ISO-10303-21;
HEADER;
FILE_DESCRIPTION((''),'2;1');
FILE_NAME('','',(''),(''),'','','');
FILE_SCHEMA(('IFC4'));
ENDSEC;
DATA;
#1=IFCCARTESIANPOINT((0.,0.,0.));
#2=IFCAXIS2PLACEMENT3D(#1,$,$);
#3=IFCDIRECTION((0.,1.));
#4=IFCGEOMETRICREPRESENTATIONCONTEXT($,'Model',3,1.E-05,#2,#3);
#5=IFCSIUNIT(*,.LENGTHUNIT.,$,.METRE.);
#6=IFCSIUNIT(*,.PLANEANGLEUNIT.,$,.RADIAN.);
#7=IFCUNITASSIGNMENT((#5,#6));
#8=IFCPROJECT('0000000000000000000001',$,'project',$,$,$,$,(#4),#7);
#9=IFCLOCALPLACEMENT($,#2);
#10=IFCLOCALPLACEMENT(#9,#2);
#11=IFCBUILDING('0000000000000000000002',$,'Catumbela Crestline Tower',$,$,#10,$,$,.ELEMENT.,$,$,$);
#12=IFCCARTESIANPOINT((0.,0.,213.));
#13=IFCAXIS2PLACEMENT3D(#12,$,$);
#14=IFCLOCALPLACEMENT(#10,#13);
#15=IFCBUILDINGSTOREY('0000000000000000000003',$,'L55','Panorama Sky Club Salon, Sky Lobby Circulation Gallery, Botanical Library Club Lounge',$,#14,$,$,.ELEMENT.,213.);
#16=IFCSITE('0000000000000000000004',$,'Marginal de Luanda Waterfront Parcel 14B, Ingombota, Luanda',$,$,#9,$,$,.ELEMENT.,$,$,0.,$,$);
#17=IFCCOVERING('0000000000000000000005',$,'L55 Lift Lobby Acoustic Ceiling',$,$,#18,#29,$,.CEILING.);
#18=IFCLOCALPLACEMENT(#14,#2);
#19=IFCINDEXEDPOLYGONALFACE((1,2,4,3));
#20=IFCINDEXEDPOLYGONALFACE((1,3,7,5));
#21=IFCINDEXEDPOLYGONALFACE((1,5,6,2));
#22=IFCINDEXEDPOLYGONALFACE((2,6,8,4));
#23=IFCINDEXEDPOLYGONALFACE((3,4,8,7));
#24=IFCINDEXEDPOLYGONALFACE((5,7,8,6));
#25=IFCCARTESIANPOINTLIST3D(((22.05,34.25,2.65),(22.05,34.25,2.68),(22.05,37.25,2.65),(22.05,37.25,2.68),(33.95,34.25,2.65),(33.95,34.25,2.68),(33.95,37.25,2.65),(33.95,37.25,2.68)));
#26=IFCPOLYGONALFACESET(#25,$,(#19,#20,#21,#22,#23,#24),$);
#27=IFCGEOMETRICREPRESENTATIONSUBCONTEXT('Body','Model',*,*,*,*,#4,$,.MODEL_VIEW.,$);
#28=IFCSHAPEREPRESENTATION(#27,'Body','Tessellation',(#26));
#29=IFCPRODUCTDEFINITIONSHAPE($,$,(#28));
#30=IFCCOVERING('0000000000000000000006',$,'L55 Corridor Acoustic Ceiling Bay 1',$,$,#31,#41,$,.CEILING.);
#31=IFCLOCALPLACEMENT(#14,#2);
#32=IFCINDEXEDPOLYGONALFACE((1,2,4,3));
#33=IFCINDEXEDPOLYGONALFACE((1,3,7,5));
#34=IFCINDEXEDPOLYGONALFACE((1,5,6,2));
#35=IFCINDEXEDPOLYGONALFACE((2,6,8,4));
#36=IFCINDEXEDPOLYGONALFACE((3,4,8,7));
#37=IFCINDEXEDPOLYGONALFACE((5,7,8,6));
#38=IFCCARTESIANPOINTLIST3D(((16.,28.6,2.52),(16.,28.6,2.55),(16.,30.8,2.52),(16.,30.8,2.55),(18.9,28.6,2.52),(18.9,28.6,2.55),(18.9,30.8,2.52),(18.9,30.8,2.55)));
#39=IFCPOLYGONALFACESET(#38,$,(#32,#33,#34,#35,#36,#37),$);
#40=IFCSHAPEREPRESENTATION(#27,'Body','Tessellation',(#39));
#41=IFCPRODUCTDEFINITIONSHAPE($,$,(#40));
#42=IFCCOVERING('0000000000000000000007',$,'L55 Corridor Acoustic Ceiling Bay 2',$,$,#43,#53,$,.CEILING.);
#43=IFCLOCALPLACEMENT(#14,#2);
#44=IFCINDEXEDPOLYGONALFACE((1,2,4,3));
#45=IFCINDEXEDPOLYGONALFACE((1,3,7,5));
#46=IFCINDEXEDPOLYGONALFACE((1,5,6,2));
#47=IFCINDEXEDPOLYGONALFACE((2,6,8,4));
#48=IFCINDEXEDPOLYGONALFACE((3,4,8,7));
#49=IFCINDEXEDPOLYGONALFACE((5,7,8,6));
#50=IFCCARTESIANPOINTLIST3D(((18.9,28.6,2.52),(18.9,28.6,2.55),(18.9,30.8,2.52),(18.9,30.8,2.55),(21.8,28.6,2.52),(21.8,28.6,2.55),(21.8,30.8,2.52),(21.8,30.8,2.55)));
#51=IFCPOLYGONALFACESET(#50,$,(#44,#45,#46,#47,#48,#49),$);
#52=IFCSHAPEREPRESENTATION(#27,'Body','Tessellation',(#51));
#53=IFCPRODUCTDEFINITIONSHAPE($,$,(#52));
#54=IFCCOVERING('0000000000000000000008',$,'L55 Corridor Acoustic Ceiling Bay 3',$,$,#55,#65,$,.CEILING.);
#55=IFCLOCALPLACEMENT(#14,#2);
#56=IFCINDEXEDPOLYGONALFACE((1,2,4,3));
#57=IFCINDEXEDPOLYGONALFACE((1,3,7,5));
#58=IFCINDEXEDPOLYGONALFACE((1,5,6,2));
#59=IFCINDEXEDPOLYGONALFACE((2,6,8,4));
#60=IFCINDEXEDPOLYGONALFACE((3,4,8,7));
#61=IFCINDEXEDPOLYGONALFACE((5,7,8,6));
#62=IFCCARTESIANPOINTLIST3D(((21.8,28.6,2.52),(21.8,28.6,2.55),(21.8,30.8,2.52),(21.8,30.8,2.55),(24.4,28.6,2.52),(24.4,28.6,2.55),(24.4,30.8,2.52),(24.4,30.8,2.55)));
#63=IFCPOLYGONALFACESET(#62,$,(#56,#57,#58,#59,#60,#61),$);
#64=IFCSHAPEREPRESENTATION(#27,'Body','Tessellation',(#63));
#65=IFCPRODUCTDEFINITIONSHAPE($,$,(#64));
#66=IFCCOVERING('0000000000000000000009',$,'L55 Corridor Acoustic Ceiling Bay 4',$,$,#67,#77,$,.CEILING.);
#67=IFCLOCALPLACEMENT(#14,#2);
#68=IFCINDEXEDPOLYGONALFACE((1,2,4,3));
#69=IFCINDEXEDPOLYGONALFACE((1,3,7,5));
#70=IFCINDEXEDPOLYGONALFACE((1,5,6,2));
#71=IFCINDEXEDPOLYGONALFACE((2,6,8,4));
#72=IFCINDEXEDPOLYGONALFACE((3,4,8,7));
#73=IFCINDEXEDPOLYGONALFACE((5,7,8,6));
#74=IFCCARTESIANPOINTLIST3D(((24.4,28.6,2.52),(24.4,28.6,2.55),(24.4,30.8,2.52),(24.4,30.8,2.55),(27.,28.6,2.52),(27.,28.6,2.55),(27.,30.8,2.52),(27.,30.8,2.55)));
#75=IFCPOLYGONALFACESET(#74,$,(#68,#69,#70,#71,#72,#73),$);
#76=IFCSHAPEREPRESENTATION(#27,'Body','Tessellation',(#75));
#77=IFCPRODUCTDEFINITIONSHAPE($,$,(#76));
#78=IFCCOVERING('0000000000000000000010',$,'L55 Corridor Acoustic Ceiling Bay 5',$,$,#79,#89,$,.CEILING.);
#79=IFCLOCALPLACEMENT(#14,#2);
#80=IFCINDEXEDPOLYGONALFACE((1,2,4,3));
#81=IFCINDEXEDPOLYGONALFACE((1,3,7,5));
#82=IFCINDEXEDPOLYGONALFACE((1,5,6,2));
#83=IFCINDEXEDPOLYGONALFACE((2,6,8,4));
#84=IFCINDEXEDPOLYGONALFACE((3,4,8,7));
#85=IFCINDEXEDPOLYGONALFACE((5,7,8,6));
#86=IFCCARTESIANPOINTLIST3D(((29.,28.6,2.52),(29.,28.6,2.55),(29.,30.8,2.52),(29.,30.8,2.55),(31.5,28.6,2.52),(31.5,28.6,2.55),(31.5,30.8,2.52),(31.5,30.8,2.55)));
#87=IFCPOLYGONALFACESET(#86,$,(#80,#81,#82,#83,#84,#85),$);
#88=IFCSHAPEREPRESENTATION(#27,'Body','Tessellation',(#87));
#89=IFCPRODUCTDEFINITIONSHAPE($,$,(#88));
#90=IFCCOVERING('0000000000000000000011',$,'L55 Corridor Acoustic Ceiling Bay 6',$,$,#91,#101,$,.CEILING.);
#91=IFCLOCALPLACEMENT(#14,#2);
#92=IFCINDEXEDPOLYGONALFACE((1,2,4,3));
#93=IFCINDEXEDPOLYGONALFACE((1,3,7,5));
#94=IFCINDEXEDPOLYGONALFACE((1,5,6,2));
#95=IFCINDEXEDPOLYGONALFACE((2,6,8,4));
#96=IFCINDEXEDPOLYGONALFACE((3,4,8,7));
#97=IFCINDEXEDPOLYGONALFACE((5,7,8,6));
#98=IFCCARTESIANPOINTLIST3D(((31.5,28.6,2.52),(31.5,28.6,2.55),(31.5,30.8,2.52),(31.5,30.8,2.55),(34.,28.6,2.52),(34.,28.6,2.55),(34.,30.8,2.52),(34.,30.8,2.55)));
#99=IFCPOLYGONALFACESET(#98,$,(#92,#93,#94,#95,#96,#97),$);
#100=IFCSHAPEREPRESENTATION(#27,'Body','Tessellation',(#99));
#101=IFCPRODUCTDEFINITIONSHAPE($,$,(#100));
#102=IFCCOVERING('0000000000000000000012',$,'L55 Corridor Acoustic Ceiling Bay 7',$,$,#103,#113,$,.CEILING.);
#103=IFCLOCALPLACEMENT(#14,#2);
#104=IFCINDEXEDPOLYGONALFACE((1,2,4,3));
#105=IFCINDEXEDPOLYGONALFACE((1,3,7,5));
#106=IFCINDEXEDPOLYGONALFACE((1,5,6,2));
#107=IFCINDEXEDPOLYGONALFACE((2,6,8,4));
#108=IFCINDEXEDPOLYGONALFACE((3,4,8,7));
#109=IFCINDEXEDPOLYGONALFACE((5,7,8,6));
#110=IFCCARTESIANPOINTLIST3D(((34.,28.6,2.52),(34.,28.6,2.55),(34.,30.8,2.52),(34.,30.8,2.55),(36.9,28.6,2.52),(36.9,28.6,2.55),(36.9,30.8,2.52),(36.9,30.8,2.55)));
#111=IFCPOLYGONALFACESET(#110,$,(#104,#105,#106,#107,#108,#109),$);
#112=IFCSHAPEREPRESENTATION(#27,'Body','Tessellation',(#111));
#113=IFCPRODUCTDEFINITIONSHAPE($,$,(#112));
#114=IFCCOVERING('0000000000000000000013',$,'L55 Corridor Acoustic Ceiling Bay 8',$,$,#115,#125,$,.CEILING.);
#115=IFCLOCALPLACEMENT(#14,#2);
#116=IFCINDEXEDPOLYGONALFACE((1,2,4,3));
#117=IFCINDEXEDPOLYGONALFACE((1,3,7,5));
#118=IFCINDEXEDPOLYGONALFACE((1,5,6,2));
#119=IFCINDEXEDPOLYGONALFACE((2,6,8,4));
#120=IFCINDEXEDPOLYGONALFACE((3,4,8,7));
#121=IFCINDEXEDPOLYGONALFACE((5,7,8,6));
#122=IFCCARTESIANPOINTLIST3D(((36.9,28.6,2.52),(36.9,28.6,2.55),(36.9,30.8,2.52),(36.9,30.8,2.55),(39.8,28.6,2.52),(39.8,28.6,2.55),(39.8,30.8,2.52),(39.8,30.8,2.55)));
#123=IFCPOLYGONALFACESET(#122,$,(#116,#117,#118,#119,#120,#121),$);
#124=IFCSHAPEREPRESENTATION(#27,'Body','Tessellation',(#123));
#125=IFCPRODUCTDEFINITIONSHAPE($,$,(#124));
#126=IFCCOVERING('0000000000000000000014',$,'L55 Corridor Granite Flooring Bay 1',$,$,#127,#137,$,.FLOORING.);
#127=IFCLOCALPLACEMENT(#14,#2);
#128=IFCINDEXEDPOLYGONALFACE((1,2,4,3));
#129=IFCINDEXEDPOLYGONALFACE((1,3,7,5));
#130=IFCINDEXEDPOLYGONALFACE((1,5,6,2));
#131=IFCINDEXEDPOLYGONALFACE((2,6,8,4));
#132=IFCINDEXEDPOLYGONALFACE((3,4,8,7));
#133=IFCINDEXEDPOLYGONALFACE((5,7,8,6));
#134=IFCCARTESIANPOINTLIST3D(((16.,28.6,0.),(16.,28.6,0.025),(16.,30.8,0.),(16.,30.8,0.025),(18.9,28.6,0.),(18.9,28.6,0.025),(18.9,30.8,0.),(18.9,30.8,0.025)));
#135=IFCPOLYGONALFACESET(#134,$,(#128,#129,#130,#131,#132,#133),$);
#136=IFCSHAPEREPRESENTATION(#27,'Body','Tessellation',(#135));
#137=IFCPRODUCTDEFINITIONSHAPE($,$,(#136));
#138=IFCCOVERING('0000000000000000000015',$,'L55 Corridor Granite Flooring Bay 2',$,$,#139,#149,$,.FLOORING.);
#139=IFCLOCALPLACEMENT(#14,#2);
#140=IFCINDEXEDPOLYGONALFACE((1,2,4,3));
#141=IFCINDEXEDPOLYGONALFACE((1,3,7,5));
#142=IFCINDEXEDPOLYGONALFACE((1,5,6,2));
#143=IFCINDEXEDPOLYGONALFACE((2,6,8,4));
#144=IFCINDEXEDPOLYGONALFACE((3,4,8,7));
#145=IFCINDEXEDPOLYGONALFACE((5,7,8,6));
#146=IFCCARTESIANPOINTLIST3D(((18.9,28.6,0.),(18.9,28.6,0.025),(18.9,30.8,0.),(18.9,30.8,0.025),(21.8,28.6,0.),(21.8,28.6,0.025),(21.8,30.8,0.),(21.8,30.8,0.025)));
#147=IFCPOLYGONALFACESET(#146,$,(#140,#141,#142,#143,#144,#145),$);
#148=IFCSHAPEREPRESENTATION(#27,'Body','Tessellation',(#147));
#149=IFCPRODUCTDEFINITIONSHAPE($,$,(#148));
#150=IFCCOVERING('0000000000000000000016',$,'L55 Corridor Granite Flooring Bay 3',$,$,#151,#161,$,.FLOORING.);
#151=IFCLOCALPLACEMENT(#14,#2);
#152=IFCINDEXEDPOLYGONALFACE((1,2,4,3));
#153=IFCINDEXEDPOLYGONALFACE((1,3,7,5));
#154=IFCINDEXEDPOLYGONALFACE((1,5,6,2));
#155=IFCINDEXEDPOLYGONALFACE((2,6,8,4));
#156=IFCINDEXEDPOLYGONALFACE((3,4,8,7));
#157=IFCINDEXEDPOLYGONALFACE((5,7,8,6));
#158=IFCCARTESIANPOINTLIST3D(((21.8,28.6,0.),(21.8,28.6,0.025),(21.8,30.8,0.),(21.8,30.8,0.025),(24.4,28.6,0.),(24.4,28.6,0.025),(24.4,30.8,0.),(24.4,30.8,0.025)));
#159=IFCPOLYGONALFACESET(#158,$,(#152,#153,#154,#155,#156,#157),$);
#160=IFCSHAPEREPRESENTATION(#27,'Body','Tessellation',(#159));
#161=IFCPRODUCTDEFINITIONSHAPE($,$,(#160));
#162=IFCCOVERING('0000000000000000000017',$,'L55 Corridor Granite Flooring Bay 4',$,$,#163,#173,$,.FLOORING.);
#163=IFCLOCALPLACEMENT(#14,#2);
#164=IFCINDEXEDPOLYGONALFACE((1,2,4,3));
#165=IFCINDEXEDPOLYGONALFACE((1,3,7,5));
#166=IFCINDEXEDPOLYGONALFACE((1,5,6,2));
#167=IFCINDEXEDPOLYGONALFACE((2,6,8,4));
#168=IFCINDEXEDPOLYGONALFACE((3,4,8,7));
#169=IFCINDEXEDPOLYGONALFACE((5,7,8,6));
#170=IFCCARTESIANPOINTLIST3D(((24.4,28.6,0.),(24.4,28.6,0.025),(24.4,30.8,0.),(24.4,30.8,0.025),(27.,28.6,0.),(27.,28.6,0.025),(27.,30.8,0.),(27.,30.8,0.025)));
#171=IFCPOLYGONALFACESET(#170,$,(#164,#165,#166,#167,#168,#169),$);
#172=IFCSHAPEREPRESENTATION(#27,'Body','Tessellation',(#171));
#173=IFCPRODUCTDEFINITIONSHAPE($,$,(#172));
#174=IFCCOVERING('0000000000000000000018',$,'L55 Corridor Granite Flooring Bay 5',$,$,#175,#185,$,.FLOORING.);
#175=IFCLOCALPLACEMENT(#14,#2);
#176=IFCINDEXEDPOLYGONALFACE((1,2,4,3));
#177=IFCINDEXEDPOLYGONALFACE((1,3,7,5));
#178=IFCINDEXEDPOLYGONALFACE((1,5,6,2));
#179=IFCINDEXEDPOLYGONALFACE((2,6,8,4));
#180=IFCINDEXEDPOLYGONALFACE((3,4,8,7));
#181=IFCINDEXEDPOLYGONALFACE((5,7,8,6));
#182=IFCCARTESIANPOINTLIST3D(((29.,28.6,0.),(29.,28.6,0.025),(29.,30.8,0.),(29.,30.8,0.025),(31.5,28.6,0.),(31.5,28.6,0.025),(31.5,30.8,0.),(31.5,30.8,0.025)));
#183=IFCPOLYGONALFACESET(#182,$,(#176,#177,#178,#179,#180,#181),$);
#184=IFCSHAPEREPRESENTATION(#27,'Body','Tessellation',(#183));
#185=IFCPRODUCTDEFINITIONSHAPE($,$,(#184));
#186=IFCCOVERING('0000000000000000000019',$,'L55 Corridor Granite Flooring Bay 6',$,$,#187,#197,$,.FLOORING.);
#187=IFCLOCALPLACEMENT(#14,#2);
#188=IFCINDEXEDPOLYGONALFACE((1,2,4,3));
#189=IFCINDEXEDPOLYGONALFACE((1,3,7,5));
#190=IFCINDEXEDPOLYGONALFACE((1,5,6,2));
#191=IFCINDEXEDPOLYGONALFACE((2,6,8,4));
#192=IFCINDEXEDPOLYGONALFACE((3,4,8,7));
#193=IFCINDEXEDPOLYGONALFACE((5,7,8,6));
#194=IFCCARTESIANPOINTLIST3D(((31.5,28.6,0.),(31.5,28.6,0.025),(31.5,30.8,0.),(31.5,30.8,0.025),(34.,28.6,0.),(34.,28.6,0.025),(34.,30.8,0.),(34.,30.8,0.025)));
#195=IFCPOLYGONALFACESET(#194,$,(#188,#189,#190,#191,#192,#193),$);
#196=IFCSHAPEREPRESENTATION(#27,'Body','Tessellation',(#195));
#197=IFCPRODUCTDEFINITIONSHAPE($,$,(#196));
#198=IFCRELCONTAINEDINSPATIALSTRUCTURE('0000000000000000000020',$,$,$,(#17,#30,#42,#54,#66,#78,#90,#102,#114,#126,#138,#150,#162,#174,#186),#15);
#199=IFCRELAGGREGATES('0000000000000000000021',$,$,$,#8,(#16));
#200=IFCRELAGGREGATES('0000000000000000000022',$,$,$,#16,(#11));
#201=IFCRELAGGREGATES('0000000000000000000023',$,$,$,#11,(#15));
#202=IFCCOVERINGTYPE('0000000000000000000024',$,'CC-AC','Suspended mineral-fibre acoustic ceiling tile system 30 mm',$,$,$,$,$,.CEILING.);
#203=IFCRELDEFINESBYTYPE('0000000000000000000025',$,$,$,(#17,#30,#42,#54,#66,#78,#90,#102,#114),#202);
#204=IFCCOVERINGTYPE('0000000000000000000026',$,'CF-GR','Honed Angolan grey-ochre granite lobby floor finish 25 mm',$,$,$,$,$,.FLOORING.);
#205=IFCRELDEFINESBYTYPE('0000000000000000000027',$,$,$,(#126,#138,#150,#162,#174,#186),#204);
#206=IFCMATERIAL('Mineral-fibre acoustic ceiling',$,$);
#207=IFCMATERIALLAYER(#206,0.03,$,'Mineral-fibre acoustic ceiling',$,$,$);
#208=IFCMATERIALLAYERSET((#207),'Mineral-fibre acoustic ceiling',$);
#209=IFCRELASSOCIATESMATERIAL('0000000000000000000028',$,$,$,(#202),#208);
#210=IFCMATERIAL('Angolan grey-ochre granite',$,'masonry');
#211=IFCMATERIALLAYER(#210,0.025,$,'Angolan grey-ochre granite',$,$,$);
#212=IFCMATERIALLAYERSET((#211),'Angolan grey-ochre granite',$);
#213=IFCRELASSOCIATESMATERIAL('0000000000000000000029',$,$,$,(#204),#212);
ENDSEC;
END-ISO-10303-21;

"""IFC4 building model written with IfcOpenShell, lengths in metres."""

from ifc_helpers import new_model, si_unit, direction, frame, origin, place, context, subcontext, project, spatial, polyline, outline, extrude, material, layer, layer_set, type_object, element, save


model = new_model("IFC4")

# Units and contexts
model_context = context("Model", 3, precision=1e-05, world=origin(), true_north=direction((0.0, 1.0)))
body_context = subcontext(model_context, "Body", "Model", "MODEL_VIEW")
ifc_project = project(units=[si_unit("LENGTHUNIT", "METRE"), si_unit("PLANEANGLEUNIT", "RADIAN")], contexts=[model_context])

# Site, building, storey
site_placement = place(None, origin())
site = spatial("IfcSite", under=ifc_project, at=site_placement, Name="Marginal de Luanda Waterfront Parcel 14B, Ingombota, Luanda", CompositionType="ELEMENT", RefElevation=0.0)
building_placement = place(site_placement, origin())
building = spatial("IfcBuilding", under=site, at=building_placement, Name="Catumbela Crestline Tower", CompositionType="ELEMENT")
storey_placement = place(building_placement, frame((0.0, 0.0, 213.0)))
storey = spatial("IfcBuildingStorey", under=building, at=storey_placement, Name="L55", Description="Panorama Sky Club Salon, Sky Lobby Circulation Gallery, Botanical Library Club Lounge", CompositionType="ELEMENT", Elevation=213.0)

# Shared definitions
ifc_material_1 = material(Name="Angolan grey-ochre granite", Category="masonry")

# Coverings
ifc_material_2 = material(Name="Mineral-fibre acoustic ceiling")
ifc_layer_1 = layer(ifc_material_2, 0.03, Name="Mineral-fibre acoustic ceiling")
ifc_layer_set_1 = layer_set([ifc_layer_1], Name="Mineral-fibre acoustic ceiling")
covering_type_1 = type_object("IfcCoveringType", Name="CC-AC", Description="Suspended mineral-fibre acoustic ceiling tile system 30 mm", PredefinedType="CEILING", material=ifc_layer_set_1)
covering_1_placement = place(storey_placement, frame((0.0, 0.0, 2.65)))
element("IfcCovering", 1, at=covering_1_placement, inside=storey, type_object=covering_type_1, Name="L55 Lift Lobby Acoustic Ceiling", PredefinedType="CEILING", context=body_context, shape_type="SweptSolid", body=[
    extrude(outline(polyline([(22.05, 34.25), (33.95, 34.25), (33.95, 37.25), (22.05, 37.25), (22.05, 34.25)])), origin(), (0.0, 0.0, 1.0), 0.03),
])
covering_2_placement = place(storey_placement, frame((0.0, 0.0, 2.52)))
element("IfcCovering", 2, at=covering_2_placement, inside=storey, type_object=covering_type_1, Name="L55 Corridor Acoustic Ceiling Bay 1", PredefinedType="CEILING", context=body_context, shape_type="SweptSolid", body=[
    extrude(outline(polyline([(16.0, 28.6), (18.9, 28.6), (18.9, 30.8), (16.0, 30.8), (16.0, 28.6)])), origin(), (0.0, 0.0, 1.0), 0.03),
])
covering_3_placement = place(storey_placement, frame((0.0, 0.0, 2.52)))
element("IfcCovering", 3, at=covering_3_placement, inside=storey, type_object=covering_type_1, Name="L55 Corridor Acoustic Ceiling Bay 2", PredefinedType="CEILING", context=body_context, shape_type="SweptSolid", body=[
    extrude(outline(polyline([(18.9, 28.6), (21.8, 28.6), (21.8, 30.8), (18.9, 30.8), (18.9, 28.6)])), origin(), (0.0, 0.0, 1.0), 0.03),
])
covering_4_placement = place(storey_placement, frame((0.0, 0.0, 2.52)))
element("IfcCovering", 4, at=covering_4_placement, inside=storey, type_object=covering_type_1, Name="L55 Corridor Acoustic Ceiling Bay 3", PredefinedType="CEILING", context=body_context, shape_type="SweptSolid", body=[
    extrude(outline(polyline([(21.8, 28.6), (24.4, 28.6), (24.4, 30.8), (21.8, 30.8), (21.8, 28.6)])), origin(), (0.0, 0.0, 1.0), 0.03),
])
covering_5_placement = place(storey_placement, frame((0.0, 0.0, 2.52)))
element("IfcCovering", 5, at=covering_5_placement, inside=storey, type_object=covering_type_1, Name="L55 Corridor Acoustic Ceiling Bay 4", PredefinedType="CEILING", context=body_context, shape_type="SweptSolid", body=[
    extrude(outline(polyline([(24.4, 28.6), (27.0, 28.6), (27.0, 30.8), (24.4, 30.8), (24.4, 28.6)])), origin(), (0.0, 0.0, 1.0), 0.03),
])
covering_6_placement = place(storey_placement, frame((0.0, 0.0, 2.52)))
element("IfcCovering", 6, at=covering_6_placement, inside=storey, type_object=covering_type_1, Name="L55 Corridor Acoustic Ceiling Bay 5", PredefinedType="CEILING", context=body_context, shape_type="SweptSolid", body=[
    extrude(outline(polyline([(29.0, 28.6), (31.5, 28.6), (31.5, 30.8), (29.0, 30.8), (29.0, 28.6)])), origin(), (0.0, 0.0, 1.0), 0.03),
])
covering_7_placement = place(storey_placement, frame((0.0, 0.0, 2.52)))
element("IfcCovering", 7, at=covering_7_placement, inside=storey, type_object=covering_type_1, Name="L55 Corridor Acoustic Ceiling Bay 6", PredefinedType="CEILING", context=body_context, shape_type="SweptSolid", body=[
    extrude(outline(polyline([(31.5, 28.6), (34.0, 28.6), (34.0, 30.8), (31.5, 30.8), (31.5, 28.6)])), origin(), (0.0, 0.0, 1.0), 0.03),
])
covering_8_placement = place(storey_placement, frame((0.0, 0.0, 2.52)))
element("IfcCovering", 8, at=covering_8_placement, inside=storey, type_object=covering_type_1, Name="L55 Corridor Acoustic Ceiling Bay 7", PredefinedType="CEILING", context=body_context, shape_type="SweptSolid", body=[
    extrude(outline(polyline([(34.0, 28.6), (36.9, 28.6), (36.9, 30.8), (34.0, 30.8), (34.0, 28.6)])), origin(), (0.0, 0.0, 1.0), 0.03),
])
covering_9_placement = place(storey_placement, frame((0.0, 0.0, 2.52)))
element("IfcCovering", 9, at=covering_9_placement, inside=storey, type_object=covering_type_1, Name="L55 Corridor Acoustic Ceiling Bay 8", PredefinedType="CEILING", context=body_context, shape_type="SweptSolid", body=[
    extrude(outline(polyline([(36.9, 28.6), (39.8, 28.6), (39.8, 30.8), (36.9, 30.8), (36.9, 28.6)])), origin(), (0.0, 0.0, 1.0), 0.03),
])
ifc_layer_2 = layer(ifc_material_1, 0.025, Name="Angolan grey-ochre granite")
ifc_layer_set_2 = layer_set([ifc_layer_2], Name="Angolan grey-ochre granite")
covering_type_2 = type_object("IfcCoveringType", Name="CF-GR", Description="Honed Angolan grey-ochre granite lobby floor finish 25 mm", PredefinedType="FLOORING", material=ifc_layer_set_2)
covering_10_placement = place(storey_placement, origin())
element("IfcCovering", 10, at=covering_10_placement, inside=storey, type_object=covering_type_2, Name="L55 Corridor Granite Flooring Bay 1", PredefinedType="FLOORING", context=body_context, shape_type="SweptSolid", body=[
    extrude(outline(polyline([(16.0, 28.6), (18.9, 28.6), (18.9, 30.8), (16.0, 30.8), (16.0, 28.6)])), origin(), (0.0, 0.0, 1.0), 0.025),
])
covering_11_placement = place(storey_placement, origin())
element("IfcCovering", 11, at=covering_11_placement, inside=storey, type_object=covering_type_2, Name="L55 Corridor Granite Flooring Bay 2", PredefinedType="FLOORING", context=body_context, shape_type="SweptSolid", body=[
    extrude(outline(polyline([(18.9, 28.6), (21.8, 28.6), (21.8, 30.8), (18.9, 30.8), (18.9, 28.6)])), origin(), (0.0, 0.0, 1.0), 0.025),
])
covering_12_placement = place(storey_placement, origin())
element("IfcCovering", 12, at=covering_12_placement, inside=storey, type_object=covering_type_2, Name="L55 Corridor Granite Flooring Bay 3", PredefinedType="FLOORING", context=body_context, shape_type="SweptSolid", body=[
    extrude(outline(polyline([(21.8, 28.6), (24.4, 28.6), (24.4, 30.8), (21.8, 30.8), (21.8, 28.6)])), origin(), (0.0, 0.0, 1.0), 0.025),
])
covering_13_placement = place(storey_placement, origin())
element("IfcCovering", 13, at=covering_13_placement, inside=storey, type_object=covering_type_2, Name="L55 Corridor Granite Flooring Bay 4", PredefinedType="FLOORING", context=body_context, shape_type="SweptSolid", body=[
    extrude(outline(polyline([(24.4, 28.6), (27.0, 28.6), (27.0, 30.8), (24.4, 30.8), (24.4, 28.6)])), origin(), (0.0, 0.0, 1.0), 0.025),
])
covering_14_placement = place(storey_placement, origin())
element("IfcCovering", 14, at=covering_14_placement, inside=storey, type_object=covering_type_2, Name="L55 Corridor Granite Flooring Bay 5", PredefinedType="FLOORING", context=body_context, shape_type="SweptSolid", body=[
    extrude(outline(polyline([(29.0, 28.6), (31.5, 28.6), (31.5, 30.8), (29.0, 30.8), (29.0, 28.6)])), origin(), (0.0, 0.0, 1.0), 0.025),
])
covering_15_placement = place(storey_placement, origin())
element("IfcCovering", 15, at=covering_15_placement, inside=storey, type_object=covering_type_2, Name="L55 Corridor Granite Flooring Bay 6", PredefinedType="FLOORING", context=body_context, shape_type="SweptSolid", body=[
    extrude(outline(polyline([(31.5, 28.6), (34.0, 28.6), (34.0, 30.8), (31.5, 30.8), (31.5, 28.6)])), origin(), (0.0, 0.0, 1.0), 0.025),
])

save(model, "model.ifc")
